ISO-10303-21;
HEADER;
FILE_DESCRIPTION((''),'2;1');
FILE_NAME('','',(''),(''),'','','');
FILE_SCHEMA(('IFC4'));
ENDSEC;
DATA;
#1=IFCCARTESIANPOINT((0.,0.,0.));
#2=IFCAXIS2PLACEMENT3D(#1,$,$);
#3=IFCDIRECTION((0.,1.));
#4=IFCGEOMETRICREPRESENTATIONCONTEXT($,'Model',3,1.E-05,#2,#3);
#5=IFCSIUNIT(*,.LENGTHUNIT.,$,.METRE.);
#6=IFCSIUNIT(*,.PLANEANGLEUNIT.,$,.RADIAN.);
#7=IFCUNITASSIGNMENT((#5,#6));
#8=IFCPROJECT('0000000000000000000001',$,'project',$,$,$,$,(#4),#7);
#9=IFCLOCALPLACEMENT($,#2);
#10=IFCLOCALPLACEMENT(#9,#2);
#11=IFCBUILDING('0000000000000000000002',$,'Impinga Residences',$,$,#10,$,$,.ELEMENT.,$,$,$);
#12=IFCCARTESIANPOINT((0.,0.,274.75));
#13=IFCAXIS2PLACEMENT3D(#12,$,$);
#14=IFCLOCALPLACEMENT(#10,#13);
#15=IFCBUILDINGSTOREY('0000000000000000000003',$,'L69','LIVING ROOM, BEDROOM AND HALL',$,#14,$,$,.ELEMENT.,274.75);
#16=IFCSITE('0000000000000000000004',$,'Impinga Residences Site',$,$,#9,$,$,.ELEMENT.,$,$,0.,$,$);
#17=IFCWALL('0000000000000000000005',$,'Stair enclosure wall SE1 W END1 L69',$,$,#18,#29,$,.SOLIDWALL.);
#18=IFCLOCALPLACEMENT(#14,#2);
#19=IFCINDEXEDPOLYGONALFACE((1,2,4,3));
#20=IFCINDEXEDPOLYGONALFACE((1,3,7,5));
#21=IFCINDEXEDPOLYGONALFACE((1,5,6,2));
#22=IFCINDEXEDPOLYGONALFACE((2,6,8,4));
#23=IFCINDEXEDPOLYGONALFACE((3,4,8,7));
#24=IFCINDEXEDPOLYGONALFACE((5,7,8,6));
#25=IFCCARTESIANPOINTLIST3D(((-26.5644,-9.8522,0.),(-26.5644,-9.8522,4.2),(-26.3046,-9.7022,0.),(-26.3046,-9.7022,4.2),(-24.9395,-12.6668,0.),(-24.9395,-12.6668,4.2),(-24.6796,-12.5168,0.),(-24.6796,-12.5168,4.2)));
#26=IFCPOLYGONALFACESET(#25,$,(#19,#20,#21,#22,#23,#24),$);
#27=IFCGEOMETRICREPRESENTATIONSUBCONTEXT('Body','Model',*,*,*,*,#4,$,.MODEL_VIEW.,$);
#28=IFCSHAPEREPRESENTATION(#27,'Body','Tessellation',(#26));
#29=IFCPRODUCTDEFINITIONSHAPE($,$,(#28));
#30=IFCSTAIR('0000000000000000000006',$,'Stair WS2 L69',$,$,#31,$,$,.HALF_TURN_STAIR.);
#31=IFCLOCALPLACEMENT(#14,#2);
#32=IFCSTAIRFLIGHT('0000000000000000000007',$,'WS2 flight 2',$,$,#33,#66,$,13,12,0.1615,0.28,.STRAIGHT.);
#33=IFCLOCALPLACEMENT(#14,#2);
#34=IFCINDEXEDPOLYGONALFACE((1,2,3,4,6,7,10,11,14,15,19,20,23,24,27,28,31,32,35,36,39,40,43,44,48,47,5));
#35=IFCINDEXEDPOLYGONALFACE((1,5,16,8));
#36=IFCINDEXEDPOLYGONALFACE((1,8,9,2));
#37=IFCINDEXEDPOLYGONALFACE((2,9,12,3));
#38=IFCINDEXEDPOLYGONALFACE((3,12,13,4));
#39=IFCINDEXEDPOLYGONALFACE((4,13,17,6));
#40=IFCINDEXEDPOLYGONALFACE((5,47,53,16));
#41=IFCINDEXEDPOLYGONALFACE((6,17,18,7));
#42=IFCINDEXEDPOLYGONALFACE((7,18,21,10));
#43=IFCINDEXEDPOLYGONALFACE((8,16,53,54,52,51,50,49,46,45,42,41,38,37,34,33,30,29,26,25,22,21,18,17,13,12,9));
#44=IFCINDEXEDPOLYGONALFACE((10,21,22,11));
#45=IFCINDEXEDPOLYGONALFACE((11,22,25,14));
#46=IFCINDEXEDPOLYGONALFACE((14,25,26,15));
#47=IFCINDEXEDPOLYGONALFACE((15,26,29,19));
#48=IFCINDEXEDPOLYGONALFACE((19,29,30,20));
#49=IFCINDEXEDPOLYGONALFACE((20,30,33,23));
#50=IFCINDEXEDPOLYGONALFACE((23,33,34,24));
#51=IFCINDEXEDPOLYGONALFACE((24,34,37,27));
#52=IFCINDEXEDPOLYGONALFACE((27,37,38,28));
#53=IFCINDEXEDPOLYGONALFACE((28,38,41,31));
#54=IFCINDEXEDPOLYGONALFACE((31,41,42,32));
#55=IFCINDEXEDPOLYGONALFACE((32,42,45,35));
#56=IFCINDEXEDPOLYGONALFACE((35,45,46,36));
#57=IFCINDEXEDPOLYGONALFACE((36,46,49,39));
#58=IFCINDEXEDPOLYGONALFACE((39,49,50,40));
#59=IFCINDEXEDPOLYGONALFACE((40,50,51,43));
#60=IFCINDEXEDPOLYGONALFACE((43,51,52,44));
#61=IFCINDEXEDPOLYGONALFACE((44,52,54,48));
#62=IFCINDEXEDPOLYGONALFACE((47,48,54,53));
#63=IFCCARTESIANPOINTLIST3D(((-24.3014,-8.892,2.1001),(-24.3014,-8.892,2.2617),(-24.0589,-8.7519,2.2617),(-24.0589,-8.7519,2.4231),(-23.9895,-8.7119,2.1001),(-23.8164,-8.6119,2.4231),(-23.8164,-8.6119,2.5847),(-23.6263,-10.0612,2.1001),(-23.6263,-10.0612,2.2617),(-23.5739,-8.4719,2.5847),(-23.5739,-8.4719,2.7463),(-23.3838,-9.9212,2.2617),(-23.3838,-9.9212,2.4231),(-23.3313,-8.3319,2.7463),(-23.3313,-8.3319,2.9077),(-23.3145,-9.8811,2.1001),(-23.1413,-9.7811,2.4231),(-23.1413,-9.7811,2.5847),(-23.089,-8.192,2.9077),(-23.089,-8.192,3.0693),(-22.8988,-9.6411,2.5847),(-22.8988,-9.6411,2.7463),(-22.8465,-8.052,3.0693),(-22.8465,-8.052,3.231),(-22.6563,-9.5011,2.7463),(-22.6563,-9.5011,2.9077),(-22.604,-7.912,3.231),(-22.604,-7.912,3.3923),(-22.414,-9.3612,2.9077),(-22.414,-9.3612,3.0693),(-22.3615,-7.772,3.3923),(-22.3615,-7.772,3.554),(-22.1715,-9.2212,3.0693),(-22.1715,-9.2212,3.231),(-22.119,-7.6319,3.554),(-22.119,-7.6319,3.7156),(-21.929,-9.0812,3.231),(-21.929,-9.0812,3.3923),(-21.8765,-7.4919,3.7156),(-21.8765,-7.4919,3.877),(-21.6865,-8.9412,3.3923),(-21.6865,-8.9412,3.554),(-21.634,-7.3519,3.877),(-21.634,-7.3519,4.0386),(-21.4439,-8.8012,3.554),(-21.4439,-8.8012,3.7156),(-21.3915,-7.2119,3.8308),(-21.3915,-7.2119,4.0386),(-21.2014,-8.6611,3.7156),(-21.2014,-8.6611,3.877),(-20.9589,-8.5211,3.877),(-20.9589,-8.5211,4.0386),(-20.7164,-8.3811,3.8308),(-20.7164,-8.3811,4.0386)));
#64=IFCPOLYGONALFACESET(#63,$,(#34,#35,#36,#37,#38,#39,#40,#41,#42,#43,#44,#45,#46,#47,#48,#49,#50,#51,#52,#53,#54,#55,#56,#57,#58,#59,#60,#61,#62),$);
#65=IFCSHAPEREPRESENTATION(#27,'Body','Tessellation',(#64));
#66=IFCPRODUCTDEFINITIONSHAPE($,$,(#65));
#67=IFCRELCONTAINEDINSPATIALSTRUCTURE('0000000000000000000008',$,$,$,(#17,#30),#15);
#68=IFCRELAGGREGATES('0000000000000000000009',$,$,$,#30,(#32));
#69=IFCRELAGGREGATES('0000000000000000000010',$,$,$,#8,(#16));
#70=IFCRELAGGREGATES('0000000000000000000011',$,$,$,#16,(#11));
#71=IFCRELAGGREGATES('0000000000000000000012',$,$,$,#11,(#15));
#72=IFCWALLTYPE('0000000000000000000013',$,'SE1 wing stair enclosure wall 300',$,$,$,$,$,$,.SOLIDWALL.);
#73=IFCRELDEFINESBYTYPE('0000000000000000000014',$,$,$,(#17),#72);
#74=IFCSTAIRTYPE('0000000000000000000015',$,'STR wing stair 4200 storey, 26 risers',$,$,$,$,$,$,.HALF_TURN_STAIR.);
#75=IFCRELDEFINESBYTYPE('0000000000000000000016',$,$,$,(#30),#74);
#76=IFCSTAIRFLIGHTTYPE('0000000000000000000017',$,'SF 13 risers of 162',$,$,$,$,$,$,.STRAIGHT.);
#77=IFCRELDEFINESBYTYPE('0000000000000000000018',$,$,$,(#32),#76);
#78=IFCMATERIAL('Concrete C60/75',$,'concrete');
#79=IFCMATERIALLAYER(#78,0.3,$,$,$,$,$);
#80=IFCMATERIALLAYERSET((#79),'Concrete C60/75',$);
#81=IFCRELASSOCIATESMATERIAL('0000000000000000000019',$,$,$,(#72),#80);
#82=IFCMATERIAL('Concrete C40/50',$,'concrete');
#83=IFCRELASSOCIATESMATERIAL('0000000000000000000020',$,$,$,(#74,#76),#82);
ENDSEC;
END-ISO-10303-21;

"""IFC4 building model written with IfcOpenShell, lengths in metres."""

from ifc_helpers import new_model, si_unit, direction, frame, frame_2d, origin, place, context, subcontext, project, spatial, polyline, rectangle, outline, extrude, material, layer, layer_set, type_object, element, aggregate, save


model = new_model("IFC4")

# Units and contexts
model_context = context("Model", 3, precision=1e-05, world=origin(), true_north=direction((0.0, 1.0)))
body_context = subcontext(model_context, "Body", "Model", "MODEL_VIEW")
ifc_project = project(units=[si_unit("LENGTHUNIT", "METRE"), si_unit("PLANEANGLEUNIT", "RADIAN")], contexts=[model_context])

# Site, building, storey
site_placement = place(None, origin())
site = spatial("IfcSite", under=ifc_project, at=site_placement, Name="Impinga Residences Site", CompositionType="ELEMENT", RefElevation=0.0)
building_placement = place(site_placement, origin())
building = spatial("IfcBuilding", under=site, at=building_placement, Name="Impinga Residences", CompositionType="ELEMENT")
storey_placement = place(building_placement, frame((0.0, 0.0, 274.75)))
storey = spatial("IfcBuildingStorey", under=building, at=storey_placement, Name="L69", Description="LIVING ROOM, BEDROOM AND HALL", CompositionType="ELEMENT", Elevation=274.75)

# Shared definitions
ifc_material_1 = material(Name="Concrete C60/75", Category="concrete")

# Wall
ifc_layer_1 = layer(ifc_material_1, 0.3)
ifc_layer_set_1 = layer_set([ifc_layer_1], Name="Concrete C60/75")
wall_type_1 = type_object("IfcWallType", Name="SE1 wing stair enclosure wall 300", PredefinedType="SOLIDWALL", material=ifc_layer_set_1)
wall_1_placement = place(storey_placement, frame((-24.8096, -12.5918, 0.0), z_axis=(0.0, 0.0, 1.0), x_axis=(-0.499985, 0.866034, 0.0)))
element("IfcWall", 1, at=wall_1_placement, inside=storey, type_object=wall_type_1, Name="Stair enclosure wall SE1 W END1 L69", PredefinedType="SOLIDWALL", context=body_context, shape_type="SweptSolid", body=[
    extrude(rectangle(XDim=3.25, YDim=0.3, at=frame_2d((1.625, 0.0))), origin(), (0.0, 0.0, 1.0), 4.2),
])

# Stair, stair flight
ifc_material_2 = material(Name="Concrete C40/50", Category="concrete")
stair_type = type_object("IfcStairType", Name="STR wing stair 4200 storey, 26 risers", PredefinedType="HALF_TURN_STAIR", material=ifc_material_2)
stair_placement = place(storey_placement, origin())
stair = element("IfcStair", 2, at=stair_placement, inside=storey, type_object=stair_type, Name="Stair WS2 L69", PredefinedType="HALF_TURN_STAIR")
stair_flight_type = type_object("IfcStairFlightType", Name="SF 13 risers of 162", PredefinedType="STRAIGHT", material=ifc_material_2)
stair_flight_placement = place(storey_placement, frame((-23.9639, -9.4766, 2.1001), z_axis=(0.0, 0.0, 1.0), x_axis=(0.866025, 0.5, 0.0)))
stair_flight = element("IfcStairFlight", 3, at=stair_flight_placement, type_object=stair_flight_type, Name="WS2 flight 2", NumberOfRisers=13, NumberOfTreads=12, PredefinedType="STRAIGHT", RiserHeight=0.1615, TreadLength=0.28, context=body_context, shape_type="SweptSolid", body=[
    extrude(outline(polyline([(0.0, 0.0), (0.0, 0.1616), (0.28, 0.1616), (0.28, 0.323), (0.5601, 0.323), (0.5601, 0.4846), (0.8401, 0.4846), (0.8401, 0.6462), (1.1201, 0.6462), (1.1201, 0.8076), (1.3999, 0.8076), (1.3999, 0.9692), (1.6799, 0.9692), (1.6799, 1.1309), (1.96, 1.1309), (1.96, 1.2922), (2.24, 1.2922), (2.24, 1.4539), (2.52, 1.4539), (2.52, 1.6155), (2.8, 1.6155), (2.8, 1.7769), (3.0801, 1.7769), (3.0801, 1.9385), (3.3601, 1.9385), (3.3601, 2.1001), (3.3601, 1.7307), (0.3601, 0.0), (0.0, 0.0)])), frame((0.0, 0.675, 0.0), z_axis=(0.0, -1.0, 0.0), x_axis=(1.0, 0.0, 0.0)), (0.0, 0.0, 1.0), 1.3501),
])
aggregate(stair, [stair_flight])

save(model, "model.ifc")
